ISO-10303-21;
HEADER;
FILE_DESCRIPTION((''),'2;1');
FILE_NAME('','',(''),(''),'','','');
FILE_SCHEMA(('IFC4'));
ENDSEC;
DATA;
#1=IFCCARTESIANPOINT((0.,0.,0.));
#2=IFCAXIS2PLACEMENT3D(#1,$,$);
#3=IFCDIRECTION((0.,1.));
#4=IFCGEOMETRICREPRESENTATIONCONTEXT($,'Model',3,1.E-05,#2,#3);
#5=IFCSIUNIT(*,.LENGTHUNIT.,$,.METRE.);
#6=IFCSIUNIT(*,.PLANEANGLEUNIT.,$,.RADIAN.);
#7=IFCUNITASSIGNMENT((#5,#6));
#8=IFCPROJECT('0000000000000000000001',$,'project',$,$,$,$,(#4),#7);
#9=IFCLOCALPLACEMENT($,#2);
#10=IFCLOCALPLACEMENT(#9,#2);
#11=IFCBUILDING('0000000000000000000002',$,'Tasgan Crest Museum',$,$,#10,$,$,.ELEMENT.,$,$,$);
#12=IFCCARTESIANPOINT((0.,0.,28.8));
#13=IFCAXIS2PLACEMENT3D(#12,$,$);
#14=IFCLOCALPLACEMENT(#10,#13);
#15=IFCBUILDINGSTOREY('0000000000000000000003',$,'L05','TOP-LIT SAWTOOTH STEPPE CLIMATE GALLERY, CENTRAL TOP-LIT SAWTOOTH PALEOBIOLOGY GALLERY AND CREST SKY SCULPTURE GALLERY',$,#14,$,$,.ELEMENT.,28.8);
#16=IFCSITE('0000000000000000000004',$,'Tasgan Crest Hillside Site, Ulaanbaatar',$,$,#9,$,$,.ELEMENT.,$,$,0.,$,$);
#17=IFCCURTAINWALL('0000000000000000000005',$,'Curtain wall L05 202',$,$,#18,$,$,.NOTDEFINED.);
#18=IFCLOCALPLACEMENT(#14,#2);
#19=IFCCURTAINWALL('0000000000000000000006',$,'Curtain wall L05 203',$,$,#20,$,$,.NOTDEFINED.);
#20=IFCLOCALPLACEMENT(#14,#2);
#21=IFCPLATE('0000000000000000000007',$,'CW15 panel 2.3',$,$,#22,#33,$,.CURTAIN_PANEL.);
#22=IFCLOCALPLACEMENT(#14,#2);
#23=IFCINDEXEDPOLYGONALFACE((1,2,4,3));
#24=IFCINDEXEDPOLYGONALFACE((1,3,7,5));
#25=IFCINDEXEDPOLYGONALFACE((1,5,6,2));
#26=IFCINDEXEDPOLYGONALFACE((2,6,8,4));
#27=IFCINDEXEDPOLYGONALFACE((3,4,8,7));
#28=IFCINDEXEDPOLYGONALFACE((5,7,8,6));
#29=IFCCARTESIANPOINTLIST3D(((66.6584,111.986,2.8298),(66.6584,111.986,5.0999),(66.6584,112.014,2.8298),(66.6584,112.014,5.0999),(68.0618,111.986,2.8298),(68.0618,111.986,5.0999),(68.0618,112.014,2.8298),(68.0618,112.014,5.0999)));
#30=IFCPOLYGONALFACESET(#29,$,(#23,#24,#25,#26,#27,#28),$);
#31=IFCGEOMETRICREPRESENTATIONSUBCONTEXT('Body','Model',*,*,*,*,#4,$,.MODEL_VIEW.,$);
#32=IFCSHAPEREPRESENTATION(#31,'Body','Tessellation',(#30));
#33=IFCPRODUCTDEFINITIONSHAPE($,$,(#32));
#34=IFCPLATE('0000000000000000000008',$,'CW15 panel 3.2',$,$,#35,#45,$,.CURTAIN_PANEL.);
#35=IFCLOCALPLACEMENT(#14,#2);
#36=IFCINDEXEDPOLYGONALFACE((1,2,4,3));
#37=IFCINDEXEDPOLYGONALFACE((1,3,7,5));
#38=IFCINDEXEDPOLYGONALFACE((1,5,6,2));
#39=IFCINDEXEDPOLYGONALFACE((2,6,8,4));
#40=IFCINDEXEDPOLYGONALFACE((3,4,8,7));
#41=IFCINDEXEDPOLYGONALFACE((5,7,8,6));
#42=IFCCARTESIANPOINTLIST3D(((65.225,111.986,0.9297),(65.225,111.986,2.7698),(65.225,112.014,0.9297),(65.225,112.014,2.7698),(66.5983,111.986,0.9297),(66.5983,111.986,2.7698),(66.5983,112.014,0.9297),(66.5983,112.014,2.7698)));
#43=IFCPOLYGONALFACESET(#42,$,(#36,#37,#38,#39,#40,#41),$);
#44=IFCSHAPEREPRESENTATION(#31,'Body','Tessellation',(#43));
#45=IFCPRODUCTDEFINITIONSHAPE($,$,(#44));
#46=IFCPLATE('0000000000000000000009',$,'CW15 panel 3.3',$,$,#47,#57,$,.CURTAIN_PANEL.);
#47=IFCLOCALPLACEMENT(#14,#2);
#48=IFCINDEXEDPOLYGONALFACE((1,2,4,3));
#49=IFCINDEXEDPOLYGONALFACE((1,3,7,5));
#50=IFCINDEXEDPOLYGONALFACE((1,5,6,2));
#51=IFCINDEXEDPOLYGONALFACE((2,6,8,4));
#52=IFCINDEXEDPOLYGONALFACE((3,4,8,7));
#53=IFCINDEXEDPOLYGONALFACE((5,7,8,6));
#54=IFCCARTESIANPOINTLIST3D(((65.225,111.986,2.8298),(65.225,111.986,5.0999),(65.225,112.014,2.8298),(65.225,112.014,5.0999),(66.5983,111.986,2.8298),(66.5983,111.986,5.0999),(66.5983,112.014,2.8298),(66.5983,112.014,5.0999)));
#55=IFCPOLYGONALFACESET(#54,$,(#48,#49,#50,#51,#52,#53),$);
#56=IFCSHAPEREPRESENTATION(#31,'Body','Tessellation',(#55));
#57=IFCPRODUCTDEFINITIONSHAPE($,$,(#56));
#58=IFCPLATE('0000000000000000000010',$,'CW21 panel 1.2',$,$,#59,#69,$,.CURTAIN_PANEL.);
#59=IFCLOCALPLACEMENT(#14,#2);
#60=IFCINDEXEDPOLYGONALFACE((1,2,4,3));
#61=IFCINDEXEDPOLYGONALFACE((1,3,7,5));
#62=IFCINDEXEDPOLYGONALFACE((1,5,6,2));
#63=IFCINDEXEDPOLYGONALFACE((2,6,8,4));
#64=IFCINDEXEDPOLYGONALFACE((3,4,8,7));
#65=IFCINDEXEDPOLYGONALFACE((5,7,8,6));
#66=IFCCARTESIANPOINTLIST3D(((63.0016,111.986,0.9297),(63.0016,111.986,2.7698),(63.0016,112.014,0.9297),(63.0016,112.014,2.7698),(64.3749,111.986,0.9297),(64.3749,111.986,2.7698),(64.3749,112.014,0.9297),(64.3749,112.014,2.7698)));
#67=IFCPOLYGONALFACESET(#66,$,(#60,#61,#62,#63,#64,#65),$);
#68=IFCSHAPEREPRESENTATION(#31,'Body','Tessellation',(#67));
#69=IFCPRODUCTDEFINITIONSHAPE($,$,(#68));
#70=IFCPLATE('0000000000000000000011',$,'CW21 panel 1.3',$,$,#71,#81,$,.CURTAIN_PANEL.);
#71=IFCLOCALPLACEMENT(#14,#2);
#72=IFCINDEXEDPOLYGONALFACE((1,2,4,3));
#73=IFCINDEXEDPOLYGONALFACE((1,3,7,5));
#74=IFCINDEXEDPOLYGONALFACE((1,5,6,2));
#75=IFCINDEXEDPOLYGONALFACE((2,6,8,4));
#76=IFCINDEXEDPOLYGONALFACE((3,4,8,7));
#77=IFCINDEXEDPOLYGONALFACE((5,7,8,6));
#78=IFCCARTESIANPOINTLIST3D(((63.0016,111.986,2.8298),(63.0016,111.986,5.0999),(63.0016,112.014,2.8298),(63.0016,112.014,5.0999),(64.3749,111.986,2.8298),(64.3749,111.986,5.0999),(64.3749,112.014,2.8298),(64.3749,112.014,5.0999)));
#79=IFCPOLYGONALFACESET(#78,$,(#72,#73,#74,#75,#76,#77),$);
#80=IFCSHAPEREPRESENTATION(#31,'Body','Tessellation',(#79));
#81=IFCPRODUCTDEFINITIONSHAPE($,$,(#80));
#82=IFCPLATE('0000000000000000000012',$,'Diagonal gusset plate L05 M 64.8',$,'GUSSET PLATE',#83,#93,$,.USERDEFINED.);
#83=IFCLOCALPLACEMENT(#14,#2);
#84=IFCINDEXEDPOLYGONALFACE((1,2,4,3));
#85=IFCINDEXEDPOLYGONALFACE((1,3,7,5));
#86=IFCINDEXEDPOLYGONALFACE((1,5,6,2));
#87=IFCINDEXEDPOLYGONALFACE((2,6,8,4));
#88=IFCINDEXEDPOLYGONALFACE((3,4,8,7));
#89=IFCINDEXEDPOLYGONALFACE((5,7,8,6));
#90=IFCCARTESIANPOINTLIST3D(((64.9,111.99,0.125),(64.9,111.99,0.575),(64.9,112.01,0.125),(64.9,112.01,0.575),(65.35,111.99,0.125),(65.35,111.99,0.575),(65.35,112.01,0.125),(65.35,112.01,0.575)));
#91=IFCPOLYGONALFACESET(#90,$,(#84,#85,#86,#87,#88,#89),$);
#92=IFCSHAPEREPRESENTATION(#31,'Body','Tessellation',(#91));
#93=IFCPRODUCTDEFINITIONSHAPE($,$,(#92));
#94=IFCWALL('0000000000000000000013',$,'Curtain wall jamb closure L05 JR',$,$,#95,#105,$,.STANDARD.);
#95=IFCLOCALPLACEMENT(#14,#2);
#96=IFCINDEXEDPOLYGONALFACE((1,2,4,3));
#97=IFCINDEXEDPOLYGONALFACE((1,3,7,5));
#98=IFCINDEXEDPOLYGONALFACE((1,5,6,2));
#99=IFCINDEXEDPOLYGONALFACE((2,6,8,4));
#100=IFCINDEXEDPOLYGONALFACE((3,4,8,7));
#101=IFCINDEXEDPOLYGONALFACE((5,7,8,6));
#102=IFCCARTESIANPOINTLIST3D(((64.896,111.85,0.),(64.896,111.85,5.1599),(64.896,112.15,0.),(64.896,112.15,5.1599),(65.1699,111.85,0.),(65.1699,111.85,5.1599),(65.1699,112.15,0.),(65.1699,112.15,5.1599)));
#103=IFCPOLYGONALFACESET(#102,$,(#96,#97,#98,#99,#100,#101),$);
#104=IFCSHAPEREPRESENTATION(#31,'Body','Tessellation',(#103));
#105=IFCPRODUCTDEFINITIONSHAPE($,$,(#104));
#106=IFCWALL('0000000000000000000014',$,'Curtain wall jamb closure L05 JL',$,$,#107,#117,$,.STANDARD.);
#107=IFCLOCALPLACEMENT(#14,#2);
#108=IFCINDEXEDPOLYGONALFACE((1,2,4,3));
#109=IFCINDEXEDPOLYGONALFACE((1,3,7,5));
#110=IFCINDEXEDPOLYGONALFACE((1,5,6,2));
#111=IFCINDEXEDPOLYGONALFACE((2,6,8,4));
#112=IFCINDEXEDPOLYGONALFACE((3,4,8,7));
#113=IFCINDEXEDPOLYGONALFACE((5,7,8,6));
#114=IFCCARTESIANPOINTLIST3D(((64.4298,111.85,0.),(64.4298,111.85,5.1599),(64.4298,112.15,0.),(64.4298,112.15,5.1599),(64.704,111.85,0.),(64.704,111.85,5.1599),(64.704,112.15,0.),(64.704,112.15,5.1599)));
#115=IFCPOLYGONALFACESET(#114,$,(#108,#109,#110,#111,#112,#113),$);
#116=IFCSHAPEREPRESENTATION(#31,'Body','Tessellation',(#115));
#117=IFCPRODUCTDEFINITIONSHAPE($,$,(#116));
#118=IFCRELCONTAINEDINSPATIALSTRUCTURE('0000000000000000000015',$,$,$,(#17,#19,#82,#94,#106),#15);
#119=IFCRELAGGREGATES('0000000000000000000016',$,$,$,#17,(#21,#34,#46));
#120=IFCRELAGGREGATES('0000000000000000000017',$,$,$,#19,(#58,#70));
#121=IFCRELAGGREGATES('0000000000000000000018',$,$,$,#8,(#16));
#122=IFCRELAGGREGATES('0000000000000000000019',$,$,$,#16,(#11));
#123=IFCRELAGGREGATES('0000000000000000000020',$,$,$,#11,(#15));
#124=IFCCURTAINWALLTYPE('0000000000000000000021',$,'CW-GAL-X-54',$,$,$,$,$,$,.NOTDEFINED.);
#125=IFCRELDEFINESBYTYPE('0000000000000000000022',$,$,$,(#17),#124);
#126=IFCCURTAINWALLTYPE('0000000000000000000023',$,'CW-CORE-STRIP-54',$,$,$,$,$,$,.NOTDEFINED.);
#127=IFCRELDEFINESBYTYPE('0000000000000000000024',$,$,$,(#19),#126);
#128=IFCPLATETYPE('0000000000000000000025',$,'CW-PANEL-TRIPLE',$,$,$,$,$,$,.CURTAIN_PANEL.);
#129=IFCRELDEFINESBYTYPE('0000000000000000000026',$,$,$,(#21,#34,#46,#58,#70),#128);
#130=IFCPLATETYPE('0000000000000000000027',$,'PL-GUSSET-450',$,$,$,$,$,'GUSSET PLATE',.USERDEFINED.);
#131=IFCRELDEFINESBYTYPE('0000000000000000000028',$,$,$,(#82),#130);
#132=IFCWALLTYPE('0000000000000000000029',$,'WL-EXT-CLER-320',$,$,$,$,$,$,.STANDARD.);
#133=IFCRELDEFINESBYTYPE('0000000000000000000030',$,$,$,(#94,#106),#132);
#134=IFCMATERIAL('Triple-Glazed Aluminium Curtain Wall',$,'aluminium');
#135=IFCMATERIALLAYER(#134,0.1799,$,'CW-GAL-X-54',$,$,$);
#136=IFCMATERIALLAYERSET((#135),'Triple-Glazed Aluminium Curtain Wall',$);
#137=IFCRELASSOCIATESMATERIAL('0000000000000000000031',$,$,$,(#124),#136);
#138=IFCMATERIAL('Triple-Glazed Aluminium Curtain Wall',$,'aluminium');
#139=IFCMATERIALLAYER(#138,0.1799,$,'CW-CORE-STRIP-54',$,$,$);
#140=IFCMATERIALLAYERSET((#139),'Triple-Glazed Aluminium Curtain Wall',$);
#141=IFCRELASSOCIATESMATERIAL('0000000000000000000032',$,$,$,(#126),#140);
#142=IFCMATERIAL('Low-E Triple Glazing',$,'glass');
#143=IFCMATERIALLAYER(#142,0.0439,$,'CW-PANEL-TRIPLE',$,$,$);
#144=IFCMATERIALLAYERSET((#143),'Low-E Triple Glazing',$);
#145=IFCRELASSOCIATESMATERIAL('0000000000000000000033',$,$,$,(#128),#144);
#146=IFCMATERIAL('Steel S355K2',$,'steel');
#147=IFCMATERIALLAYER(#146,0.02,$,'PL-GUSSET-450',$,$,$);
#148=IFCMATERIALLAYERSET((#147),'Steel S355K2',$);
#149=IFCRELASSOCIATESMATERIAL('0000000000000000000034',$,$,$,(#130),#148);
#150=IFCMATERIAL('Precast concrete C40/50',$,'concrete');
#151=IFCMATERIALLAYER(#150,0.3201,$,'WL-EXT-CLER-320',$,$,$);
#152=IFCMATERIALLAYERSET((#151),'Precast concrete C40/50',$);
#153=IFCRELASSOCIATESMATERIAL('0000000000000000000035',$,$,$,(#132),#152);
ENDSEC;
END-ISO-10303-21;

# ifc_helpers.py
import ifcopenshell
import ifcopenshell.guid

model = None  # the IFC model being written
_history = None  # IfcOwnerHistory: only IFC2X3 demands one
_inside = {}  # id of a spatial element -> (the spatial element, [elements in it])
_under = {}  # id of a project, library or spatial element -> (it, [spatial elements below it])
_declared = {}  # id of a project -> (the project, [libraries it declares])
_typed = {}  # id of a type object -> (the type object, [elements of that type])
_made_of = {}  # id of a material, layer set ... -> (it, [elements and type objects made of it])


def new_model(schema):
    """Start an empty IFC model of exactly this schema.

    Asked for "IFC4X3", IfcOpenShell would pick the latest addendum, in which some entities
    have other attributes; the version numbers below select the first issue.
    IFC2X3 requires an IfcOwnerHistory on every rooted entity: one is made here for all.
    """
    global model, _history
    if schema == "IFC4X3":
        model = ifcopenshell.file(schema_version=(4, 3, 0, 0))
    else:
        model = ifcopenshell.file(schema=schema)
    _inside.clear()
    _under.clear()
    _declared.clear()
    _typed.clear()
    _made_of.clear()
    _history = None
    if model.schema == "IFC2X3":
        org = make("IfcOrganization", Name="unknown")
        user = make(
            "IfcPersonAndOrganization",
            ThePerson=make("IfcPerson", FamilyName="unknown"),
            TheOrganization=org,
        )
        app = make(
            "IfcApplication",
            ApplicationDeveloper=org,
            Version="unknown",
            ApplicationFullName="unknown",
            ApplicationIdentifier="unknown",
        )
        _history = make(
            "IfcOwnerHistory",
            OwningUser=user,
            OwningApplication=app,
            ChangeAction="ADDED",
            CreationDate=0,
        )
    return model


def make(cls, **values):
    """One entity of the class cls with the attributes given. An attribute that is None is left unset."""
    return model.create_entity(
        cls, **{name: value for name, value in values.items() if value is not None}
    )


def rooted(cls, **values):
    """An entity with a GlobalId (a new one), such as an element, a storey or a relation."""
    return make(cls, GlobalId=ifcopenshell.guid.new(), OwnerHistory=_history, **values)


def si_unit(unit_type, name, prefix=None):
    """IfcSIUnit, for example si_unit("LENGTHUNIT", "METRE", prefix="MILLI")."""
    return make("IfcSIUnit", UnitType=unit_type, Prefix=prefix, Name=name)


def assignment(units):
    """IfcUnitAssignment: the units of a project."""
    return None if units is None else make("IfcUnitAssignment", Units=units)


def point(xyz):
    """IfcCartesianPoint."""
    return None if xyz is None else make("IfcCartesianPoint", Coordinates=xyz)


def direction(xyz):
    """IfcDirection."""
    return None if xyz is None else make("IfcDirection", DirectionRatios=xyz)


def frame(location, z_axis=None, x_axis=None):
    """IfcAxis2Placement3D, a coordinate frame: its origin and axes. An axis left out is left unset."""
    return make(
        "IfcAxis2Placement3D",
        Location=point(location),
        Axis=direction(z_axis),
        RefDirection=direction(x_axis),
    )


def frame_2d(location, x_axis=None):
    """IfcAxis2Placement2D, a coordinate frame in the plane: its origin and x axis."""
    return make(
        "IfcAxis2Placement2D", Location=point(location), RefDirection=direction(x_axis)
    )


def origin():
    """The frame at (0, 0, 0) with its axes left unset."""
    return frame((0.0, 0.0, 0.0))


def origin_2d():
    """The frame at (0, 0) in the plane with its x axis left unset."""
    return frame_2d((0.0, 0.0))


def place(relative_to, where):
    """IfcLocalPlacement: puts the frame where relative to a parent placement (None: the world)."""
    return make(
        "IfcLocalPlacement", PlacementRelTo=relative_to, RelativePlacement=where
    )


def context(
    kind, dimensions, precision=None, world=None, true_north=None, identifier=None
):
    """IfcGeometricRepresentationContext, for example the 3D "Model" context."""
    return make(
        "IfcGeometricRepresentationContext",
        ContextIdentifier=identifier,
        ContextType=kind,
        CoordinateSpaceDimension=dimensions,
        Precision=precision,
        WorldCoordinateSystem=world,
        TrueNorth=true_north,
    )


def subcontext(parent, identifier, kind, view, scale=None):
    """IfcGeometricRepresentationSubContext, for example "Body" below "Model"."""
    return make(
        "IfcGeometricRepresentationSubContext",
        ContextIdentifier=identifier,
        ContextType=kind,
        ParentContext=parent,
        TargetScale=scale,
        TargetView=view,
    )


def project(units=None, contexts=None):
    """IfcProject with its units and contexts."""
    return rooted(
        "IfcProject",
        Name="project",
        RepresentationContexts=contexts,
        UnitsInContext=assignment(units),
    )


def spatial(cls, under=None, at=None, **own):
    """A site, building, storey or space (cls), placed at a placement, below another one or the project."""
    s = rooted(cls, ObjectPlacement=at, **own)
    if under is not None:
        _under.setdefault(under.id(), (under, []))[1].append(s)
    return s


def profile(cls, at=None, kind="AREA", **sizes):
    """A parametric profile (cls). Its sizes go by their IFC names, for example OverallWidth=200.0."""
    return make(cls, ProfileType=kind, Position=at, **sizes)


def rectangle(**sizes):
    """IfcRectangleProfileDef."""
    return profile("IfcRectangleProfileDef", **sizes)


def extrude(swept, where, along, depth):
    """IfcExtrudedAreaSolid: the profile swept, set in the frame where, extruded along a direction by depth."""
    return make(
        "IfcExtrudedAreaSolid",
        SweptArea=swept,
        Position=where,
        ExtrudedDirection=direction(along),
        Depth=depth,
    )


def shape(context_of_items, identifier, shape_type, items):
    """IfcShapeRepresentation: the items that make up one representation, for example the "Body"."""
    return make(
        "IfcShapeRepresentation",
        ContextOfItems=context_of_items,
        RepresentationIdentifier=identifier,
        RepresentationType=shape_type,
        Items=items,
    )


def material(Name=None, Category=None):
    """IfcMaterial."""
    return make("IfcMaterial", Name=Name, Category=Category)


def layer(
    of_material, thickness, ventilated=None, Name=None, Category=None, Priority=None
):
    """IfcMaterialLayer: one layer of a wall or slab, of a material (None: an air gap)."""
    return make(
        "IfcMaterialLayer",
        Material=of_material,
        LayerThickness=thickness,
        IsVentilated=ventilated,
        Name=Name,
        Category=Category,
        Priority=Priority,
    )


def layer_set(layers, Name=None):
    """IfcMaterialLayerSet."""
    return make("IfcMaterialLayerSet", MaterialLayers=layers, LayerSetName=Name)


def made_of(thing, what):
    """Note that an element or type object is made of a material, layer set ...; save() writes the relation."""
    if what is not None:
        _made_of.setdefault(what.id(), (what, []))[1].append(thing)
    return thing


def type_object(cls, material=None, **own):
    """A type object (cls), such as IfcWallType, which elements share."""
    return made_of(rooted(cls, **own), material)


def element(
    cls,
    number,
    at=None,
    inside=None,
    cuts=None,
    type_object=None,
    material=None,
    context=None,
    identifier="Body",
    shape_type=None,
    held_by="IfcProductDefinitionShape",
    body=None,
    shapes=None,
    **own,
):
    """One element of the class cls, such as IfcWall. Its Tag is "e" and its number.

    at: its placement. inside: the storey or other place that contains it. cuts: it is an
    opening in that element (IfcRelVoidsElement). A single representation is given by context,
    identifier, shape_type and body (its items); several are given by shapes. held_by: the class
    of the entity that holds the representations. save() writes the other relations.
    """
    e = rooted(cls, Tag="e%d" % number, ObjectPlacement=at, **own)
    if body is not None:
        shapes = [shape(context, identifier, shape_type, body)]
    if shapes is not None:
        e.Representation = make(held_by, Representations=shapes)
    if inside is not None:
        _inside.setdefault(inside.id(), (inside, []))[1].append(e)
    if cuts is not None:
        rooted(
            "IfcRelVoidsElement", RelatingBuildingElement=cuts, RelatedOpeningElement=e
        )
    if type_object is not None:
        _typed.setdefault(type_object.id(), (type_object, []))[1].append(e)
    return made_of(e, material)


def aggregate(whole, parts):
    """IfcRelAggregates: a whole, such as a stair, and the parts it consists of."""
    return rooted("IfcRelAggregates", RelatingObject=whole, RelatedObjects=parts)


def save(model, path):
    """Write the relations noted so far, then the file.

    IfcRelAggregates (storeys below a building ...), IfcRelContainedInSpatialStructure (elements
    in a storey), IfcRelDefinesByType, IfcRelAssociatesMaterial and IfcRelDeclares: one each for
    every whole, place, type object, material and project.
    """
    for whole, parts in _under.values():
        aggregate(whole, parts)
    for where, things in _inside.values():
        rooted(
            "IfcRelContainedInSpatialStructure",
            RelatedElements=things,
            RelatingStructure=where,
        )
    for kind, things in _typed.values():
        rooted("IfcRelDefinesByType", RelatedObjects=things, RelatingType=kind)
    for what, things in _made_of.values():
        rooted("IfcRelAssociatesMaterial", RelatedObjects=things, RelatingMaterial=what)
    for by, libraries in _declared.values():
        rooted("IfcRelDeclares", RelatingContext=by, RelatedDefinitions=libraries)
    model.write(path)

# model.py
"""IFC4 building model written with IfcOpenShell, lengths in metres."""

from ifc_helpers import new_model, si_unit, direction, frame, frame_2d, origin, origin_2d, place, context, subcontext, project, spatial, rectangle, extrude, material, layer, layer_set, type_object, element, aggregate, save


model = new_model("IFC4")

# Units and contexts
model_context = context("Model", 3, precision=1e-05, world=origin(), true_north=direction((0.0, 1.0)))
body_context = subcontext(model_context, "Body", "Model", "MODEL_VIEW")
ifc_project = project(units=[si_unit("LENGTHUNIT", "METRE"), si_unit("PLANEANGLEUNIT", "RADIAN")], contexts=[model_context])

# Site, building, storey
site_placement = place(None, origin())
site = spatial("IfcSite", under=ifc_project, at=site_placement, Name="Tasgan Crest Hillside Site, Ulaanbaatar", CompositionType="ELEMENT", RefElevation=0.0)
building_placement = place(site_placement, origin())
building = spatial("IfcBuilding", under=site, at=building_placement, Name="Tasgan Crest Museum", CompositionType="ELEMENT")
storey_placement = place(building_placement, frame((0.0, 0.0, 28.8)))
storey = spatial("IfcBuildingStorey", under=building, at=storey_placement, Name="L05", Description="TOP-LIT SAWTOOTH STEPPE CLIMATE GALLERY, CENTRAL TOP-LIT SAWTOOTH PALEOBIOLOGY GALLERY AND CREST SKY SCULPTURE GALLERY", CompositionType="ELEMENT", Elevation=28.8)

# Curtain wall
ifc_material_1 = material(Name="Triple-Glazed Aluminium Curtain Wall", Category="aluminium")
ifc_layer_1 = layer(ifc_material_1, 0.1799, Name="CW-GAL-X-54")
ifc_layer_set_1 = layer_set([ifc_layer_1], Name="Triple-Glazed Aluminium Curtain Wall")
curtain_wall_type_1 = type_object("IfcCurtainWallType", Name="CW-GAL-X-54", PredefinedType="NOTDEFINED", material=ifc_layer_set_1)
curtain_wall_1_placement = place(storey_placement, origin())
curtain_wall_1 = element("IfcCurtainWall", 1, at=curtain_wall_1_placement, inside=storey, type_object=curtain_wall_type_1, Name="Curtain wall L05 202", PredefinedType="NOTDEFINED")

# Curtain wall
ifc_material_2 = material(Name="Triple-Glazed Aluminium Curtain Wall", Category="aluminium")
ifc_layer_2 = layer(ifc_material_2, 0.1799, Name="CW-CORE-STRIP-54")
ifc_layer_set_2 = layer_set([ifc_layer_2], Name="Triple-Glazed Aluminium Curtain Wall")
curtain_wall_type_2 = type_object("IfcCurtainWallType", Name="CW-CORE-STRIP-54", PredefinedType="NOTDEFINED", material=ifc_layer_set_2)
curtain_wall_2_placement = place(storey_placement, origin())
curtain_wall_2 = element("IfcCurtainWall", 2, at=curtain_wall_2_placement, inside=storey, type_object=curtain_wall_type_2, Name="Curtain wall L05 203", PredefinedType="NOTDEFINED")

# Plates
ifc_material_3 = material(Name="Low-E Triple Glazing", Category="glass")
ifc_layer_3 = layer(ifc_material_3, 0.0439, Name="CW-PANEL-TRIPLE")
ifc_layer_set_3 = layer_set([ifc_layer_3], Name="Low-E Triple Glazing")
plate_type_1 = type_object("IfcPlateType", Name="CW-PANEL-TRIPLE", PredefinedType="CURTAIN_PANEL", material=ifc_layer_set_3)
plate_1_placement = place(storey_placement, frame((67.3601, 112.0, 2.8298), z_axis=(0.0, 0.0, 1.0), x_axis=(-1.0, 0.0, 0.0)))
plate_1 = element("IfcPlate", 3, at=plate_1_placement, type_object=plate_type_1, Name="CW15 panel 2.3", PredefinedType="CURTAIN_PANEL", context=body_context, shape_type="SweptSolid", body=[
    extrude(rectangle(XDim=1.4033, YDim=0.0281, at=origin_2d()), origin(), (0.0, 0.0, 1.0), 2.27),
])
plate_2_placement = place(storey_placement, frame((65.9116, 112.0, 0.9297), z_axis=(0.0, 0.0, 1.0), x_axis=(-1.0, 0.0, 0.0)))
plate_2 = element("IfcPlate", 4, at=plate_2_placement, type_object=plate_type_1, Name="CW15 panel 3.2", PredefinedType="CURTAIN_PANEL", context=body_context, shape_type="SweptSolid", body=[
    extrude(rectangle(XDim=1.3733, YDim=0.0281, at=origin_2d()), origin(), (0.0, 0.0, 1.0), 1.8401),
])
plate_3_placement = place(storey_placement, frame((65.9116, 112.0, 2.8298), z_axis=(0.0, 0.0, 1.0), x_axis=(-1.0, 0.0, 0.0)))
plate_3 = element("IfcPlate", 5, at=plate_3_placement, type_object=plate_type_1, Name="CW15 panel 3.3", PredefinedType="CURTAIN_PANEL", context=body_context, shape_type="SweptSolid", body=[
    extrude(rectangle(XDim=1.3733, YDim=0.0281, at=origin_2d()), origin(), (0.0, 0.0, 1.0), 2.27),
])
aggregate(curtain_wall_1, [plate_1, plate_2, plate_3])
plate_4_placement = place(storey_placement, frame((63.6882, 112.0, 0.9297), z_axis=(0.0, 0.0, 1.0), x_axis=(-1.0, 0.0, 0.0)))
plate_4 = element("IfcPlate", 6, at=plate_4_placement, type_object=plate_type_1, Name="CW21 panel 1.2", PredefinedType="CURTAIN_PANEL", context=body_context, shape_type="SweptSolid", body=[
    extrude(rectangle(XDim=1.3733, YDim=0.0281, at=origin_2d()), origin(), (0.0, 0.0, 1.0), 1.8401),
])
plate_5_placement = place(storey_placement, frame((63.6882, 112.0, 2.8298), z_axis=(0.0, 0.0, 1.0), x_axis=(-1.0, 0.0, 0.0)))
plate_5 = element("IfcPlate", 7, at=plate_5_placement, type_object=plate_type_1, Name="CW21 panel 1.3", PredefinedType="CURTAIN_PANEL", context=body_context, shape_type="SweptSolid", body=[
    extrude(rectangle(XDim=1.3733, YDim=0.0281, at=origin_2d()), origin(), (0.0, 0.0, 1.0), 2.27),
])
aggregate(curtain_wall_2, [plate_4, plate_5])
ifc_material_4 = material(Name="Steel S355K2", Category="steel")
ifc_layer_4 = layer(ifc_material_4, 0.02, Name="PL-GUSSET-450")
ifc_layer_set_4 = layer_set([ifc_layer_4], Name="Steel S355K2")
plate_type_2 = type_object("IfcPlateType", Name="PL-GUSSET-450", ElementType="GUSSET PLATE", PredefinedType="USERDEFINED", material=ifc_layer_set_4)
plate_6_placement = place(storey_placement, frame((65.125, 112.0, 0.125), z_axis=(0.0, 0.0, 1.0), x_axis=(1.0, 0.0, 0.0)))
element("IfcPlate", 8, at=plate_6_placement, inside=storey, type_object=plate_type_2, Name="Diagonal gusset plate L05 M 64.8", ObjectType="GUSSET PLATE", PredefinedType="USERDEFINED", context=body_context, shape_type="SweptSolid", body=[
    extrude(rectangle(XDim=0.45, YDim=0.02, at=origin_2d()), origin(), (0.0, 0.0, 1.0), 0.45),
])

# Walls
ifc_material_5 = material(Name="Precast concrete C40/50", Category="concrete")
ifc_layer_5 = layer(ifc_material_5, 0.3201, Name="WL-EXT-CLER-320")
ifc_layer_set_5 = layer_set([ifc_layer_5], Name="Precast concrete C40/50")
wall_type = type_object("IfcWallType", Name="WL-EXT-CLER-320", PredefinedType="STANDARD", material=ifc_layer_set_5)
wall_1_placement = place(storey_placement, frame((65.1699, 112.0, 0.0), z_axis=(0.0, 0.0, 1.0), x_axis=(-1.0, 0.0, 0.0)))
element("IfcWall", 9, at=wall_1_placement, inside=storey, type_object=wall_type, Name="Curtain wall jamb closure L05 JR", PredefinedType="STANDARD", context=body_context, shape_type="SweptSolid", body=[
    extrude(rectangle(XDim=0.2739, YDim=0.3, at=frame_2d((0.137, 0.0))), origin(), (0.0, 0.0, 1.0), 5.1599),
])
wall_2_placement = place(storey_placement, frame((64.7041, 112.0, 0.0), z_axis=(0.0, 0.0, 1.0), x_axis=(-1.0, 0.0, 0.0)))
element("IfcWall", 10, at=wall_2_placement, inside=storey, type_object=wall_type, Name="Curtain wall jamb closure L05 JL", PredefinedType="STANDARD", context=body_context, shape_type="SweptSolid", body=[
    extrude(rectangle(XDim=0.2742, YDim=0.3, at=frame_2d((0.1372, 0.0))), origin(), (0.0, 0.0, 1.0), 5.1599),
])

save(model, "model.ifc")
